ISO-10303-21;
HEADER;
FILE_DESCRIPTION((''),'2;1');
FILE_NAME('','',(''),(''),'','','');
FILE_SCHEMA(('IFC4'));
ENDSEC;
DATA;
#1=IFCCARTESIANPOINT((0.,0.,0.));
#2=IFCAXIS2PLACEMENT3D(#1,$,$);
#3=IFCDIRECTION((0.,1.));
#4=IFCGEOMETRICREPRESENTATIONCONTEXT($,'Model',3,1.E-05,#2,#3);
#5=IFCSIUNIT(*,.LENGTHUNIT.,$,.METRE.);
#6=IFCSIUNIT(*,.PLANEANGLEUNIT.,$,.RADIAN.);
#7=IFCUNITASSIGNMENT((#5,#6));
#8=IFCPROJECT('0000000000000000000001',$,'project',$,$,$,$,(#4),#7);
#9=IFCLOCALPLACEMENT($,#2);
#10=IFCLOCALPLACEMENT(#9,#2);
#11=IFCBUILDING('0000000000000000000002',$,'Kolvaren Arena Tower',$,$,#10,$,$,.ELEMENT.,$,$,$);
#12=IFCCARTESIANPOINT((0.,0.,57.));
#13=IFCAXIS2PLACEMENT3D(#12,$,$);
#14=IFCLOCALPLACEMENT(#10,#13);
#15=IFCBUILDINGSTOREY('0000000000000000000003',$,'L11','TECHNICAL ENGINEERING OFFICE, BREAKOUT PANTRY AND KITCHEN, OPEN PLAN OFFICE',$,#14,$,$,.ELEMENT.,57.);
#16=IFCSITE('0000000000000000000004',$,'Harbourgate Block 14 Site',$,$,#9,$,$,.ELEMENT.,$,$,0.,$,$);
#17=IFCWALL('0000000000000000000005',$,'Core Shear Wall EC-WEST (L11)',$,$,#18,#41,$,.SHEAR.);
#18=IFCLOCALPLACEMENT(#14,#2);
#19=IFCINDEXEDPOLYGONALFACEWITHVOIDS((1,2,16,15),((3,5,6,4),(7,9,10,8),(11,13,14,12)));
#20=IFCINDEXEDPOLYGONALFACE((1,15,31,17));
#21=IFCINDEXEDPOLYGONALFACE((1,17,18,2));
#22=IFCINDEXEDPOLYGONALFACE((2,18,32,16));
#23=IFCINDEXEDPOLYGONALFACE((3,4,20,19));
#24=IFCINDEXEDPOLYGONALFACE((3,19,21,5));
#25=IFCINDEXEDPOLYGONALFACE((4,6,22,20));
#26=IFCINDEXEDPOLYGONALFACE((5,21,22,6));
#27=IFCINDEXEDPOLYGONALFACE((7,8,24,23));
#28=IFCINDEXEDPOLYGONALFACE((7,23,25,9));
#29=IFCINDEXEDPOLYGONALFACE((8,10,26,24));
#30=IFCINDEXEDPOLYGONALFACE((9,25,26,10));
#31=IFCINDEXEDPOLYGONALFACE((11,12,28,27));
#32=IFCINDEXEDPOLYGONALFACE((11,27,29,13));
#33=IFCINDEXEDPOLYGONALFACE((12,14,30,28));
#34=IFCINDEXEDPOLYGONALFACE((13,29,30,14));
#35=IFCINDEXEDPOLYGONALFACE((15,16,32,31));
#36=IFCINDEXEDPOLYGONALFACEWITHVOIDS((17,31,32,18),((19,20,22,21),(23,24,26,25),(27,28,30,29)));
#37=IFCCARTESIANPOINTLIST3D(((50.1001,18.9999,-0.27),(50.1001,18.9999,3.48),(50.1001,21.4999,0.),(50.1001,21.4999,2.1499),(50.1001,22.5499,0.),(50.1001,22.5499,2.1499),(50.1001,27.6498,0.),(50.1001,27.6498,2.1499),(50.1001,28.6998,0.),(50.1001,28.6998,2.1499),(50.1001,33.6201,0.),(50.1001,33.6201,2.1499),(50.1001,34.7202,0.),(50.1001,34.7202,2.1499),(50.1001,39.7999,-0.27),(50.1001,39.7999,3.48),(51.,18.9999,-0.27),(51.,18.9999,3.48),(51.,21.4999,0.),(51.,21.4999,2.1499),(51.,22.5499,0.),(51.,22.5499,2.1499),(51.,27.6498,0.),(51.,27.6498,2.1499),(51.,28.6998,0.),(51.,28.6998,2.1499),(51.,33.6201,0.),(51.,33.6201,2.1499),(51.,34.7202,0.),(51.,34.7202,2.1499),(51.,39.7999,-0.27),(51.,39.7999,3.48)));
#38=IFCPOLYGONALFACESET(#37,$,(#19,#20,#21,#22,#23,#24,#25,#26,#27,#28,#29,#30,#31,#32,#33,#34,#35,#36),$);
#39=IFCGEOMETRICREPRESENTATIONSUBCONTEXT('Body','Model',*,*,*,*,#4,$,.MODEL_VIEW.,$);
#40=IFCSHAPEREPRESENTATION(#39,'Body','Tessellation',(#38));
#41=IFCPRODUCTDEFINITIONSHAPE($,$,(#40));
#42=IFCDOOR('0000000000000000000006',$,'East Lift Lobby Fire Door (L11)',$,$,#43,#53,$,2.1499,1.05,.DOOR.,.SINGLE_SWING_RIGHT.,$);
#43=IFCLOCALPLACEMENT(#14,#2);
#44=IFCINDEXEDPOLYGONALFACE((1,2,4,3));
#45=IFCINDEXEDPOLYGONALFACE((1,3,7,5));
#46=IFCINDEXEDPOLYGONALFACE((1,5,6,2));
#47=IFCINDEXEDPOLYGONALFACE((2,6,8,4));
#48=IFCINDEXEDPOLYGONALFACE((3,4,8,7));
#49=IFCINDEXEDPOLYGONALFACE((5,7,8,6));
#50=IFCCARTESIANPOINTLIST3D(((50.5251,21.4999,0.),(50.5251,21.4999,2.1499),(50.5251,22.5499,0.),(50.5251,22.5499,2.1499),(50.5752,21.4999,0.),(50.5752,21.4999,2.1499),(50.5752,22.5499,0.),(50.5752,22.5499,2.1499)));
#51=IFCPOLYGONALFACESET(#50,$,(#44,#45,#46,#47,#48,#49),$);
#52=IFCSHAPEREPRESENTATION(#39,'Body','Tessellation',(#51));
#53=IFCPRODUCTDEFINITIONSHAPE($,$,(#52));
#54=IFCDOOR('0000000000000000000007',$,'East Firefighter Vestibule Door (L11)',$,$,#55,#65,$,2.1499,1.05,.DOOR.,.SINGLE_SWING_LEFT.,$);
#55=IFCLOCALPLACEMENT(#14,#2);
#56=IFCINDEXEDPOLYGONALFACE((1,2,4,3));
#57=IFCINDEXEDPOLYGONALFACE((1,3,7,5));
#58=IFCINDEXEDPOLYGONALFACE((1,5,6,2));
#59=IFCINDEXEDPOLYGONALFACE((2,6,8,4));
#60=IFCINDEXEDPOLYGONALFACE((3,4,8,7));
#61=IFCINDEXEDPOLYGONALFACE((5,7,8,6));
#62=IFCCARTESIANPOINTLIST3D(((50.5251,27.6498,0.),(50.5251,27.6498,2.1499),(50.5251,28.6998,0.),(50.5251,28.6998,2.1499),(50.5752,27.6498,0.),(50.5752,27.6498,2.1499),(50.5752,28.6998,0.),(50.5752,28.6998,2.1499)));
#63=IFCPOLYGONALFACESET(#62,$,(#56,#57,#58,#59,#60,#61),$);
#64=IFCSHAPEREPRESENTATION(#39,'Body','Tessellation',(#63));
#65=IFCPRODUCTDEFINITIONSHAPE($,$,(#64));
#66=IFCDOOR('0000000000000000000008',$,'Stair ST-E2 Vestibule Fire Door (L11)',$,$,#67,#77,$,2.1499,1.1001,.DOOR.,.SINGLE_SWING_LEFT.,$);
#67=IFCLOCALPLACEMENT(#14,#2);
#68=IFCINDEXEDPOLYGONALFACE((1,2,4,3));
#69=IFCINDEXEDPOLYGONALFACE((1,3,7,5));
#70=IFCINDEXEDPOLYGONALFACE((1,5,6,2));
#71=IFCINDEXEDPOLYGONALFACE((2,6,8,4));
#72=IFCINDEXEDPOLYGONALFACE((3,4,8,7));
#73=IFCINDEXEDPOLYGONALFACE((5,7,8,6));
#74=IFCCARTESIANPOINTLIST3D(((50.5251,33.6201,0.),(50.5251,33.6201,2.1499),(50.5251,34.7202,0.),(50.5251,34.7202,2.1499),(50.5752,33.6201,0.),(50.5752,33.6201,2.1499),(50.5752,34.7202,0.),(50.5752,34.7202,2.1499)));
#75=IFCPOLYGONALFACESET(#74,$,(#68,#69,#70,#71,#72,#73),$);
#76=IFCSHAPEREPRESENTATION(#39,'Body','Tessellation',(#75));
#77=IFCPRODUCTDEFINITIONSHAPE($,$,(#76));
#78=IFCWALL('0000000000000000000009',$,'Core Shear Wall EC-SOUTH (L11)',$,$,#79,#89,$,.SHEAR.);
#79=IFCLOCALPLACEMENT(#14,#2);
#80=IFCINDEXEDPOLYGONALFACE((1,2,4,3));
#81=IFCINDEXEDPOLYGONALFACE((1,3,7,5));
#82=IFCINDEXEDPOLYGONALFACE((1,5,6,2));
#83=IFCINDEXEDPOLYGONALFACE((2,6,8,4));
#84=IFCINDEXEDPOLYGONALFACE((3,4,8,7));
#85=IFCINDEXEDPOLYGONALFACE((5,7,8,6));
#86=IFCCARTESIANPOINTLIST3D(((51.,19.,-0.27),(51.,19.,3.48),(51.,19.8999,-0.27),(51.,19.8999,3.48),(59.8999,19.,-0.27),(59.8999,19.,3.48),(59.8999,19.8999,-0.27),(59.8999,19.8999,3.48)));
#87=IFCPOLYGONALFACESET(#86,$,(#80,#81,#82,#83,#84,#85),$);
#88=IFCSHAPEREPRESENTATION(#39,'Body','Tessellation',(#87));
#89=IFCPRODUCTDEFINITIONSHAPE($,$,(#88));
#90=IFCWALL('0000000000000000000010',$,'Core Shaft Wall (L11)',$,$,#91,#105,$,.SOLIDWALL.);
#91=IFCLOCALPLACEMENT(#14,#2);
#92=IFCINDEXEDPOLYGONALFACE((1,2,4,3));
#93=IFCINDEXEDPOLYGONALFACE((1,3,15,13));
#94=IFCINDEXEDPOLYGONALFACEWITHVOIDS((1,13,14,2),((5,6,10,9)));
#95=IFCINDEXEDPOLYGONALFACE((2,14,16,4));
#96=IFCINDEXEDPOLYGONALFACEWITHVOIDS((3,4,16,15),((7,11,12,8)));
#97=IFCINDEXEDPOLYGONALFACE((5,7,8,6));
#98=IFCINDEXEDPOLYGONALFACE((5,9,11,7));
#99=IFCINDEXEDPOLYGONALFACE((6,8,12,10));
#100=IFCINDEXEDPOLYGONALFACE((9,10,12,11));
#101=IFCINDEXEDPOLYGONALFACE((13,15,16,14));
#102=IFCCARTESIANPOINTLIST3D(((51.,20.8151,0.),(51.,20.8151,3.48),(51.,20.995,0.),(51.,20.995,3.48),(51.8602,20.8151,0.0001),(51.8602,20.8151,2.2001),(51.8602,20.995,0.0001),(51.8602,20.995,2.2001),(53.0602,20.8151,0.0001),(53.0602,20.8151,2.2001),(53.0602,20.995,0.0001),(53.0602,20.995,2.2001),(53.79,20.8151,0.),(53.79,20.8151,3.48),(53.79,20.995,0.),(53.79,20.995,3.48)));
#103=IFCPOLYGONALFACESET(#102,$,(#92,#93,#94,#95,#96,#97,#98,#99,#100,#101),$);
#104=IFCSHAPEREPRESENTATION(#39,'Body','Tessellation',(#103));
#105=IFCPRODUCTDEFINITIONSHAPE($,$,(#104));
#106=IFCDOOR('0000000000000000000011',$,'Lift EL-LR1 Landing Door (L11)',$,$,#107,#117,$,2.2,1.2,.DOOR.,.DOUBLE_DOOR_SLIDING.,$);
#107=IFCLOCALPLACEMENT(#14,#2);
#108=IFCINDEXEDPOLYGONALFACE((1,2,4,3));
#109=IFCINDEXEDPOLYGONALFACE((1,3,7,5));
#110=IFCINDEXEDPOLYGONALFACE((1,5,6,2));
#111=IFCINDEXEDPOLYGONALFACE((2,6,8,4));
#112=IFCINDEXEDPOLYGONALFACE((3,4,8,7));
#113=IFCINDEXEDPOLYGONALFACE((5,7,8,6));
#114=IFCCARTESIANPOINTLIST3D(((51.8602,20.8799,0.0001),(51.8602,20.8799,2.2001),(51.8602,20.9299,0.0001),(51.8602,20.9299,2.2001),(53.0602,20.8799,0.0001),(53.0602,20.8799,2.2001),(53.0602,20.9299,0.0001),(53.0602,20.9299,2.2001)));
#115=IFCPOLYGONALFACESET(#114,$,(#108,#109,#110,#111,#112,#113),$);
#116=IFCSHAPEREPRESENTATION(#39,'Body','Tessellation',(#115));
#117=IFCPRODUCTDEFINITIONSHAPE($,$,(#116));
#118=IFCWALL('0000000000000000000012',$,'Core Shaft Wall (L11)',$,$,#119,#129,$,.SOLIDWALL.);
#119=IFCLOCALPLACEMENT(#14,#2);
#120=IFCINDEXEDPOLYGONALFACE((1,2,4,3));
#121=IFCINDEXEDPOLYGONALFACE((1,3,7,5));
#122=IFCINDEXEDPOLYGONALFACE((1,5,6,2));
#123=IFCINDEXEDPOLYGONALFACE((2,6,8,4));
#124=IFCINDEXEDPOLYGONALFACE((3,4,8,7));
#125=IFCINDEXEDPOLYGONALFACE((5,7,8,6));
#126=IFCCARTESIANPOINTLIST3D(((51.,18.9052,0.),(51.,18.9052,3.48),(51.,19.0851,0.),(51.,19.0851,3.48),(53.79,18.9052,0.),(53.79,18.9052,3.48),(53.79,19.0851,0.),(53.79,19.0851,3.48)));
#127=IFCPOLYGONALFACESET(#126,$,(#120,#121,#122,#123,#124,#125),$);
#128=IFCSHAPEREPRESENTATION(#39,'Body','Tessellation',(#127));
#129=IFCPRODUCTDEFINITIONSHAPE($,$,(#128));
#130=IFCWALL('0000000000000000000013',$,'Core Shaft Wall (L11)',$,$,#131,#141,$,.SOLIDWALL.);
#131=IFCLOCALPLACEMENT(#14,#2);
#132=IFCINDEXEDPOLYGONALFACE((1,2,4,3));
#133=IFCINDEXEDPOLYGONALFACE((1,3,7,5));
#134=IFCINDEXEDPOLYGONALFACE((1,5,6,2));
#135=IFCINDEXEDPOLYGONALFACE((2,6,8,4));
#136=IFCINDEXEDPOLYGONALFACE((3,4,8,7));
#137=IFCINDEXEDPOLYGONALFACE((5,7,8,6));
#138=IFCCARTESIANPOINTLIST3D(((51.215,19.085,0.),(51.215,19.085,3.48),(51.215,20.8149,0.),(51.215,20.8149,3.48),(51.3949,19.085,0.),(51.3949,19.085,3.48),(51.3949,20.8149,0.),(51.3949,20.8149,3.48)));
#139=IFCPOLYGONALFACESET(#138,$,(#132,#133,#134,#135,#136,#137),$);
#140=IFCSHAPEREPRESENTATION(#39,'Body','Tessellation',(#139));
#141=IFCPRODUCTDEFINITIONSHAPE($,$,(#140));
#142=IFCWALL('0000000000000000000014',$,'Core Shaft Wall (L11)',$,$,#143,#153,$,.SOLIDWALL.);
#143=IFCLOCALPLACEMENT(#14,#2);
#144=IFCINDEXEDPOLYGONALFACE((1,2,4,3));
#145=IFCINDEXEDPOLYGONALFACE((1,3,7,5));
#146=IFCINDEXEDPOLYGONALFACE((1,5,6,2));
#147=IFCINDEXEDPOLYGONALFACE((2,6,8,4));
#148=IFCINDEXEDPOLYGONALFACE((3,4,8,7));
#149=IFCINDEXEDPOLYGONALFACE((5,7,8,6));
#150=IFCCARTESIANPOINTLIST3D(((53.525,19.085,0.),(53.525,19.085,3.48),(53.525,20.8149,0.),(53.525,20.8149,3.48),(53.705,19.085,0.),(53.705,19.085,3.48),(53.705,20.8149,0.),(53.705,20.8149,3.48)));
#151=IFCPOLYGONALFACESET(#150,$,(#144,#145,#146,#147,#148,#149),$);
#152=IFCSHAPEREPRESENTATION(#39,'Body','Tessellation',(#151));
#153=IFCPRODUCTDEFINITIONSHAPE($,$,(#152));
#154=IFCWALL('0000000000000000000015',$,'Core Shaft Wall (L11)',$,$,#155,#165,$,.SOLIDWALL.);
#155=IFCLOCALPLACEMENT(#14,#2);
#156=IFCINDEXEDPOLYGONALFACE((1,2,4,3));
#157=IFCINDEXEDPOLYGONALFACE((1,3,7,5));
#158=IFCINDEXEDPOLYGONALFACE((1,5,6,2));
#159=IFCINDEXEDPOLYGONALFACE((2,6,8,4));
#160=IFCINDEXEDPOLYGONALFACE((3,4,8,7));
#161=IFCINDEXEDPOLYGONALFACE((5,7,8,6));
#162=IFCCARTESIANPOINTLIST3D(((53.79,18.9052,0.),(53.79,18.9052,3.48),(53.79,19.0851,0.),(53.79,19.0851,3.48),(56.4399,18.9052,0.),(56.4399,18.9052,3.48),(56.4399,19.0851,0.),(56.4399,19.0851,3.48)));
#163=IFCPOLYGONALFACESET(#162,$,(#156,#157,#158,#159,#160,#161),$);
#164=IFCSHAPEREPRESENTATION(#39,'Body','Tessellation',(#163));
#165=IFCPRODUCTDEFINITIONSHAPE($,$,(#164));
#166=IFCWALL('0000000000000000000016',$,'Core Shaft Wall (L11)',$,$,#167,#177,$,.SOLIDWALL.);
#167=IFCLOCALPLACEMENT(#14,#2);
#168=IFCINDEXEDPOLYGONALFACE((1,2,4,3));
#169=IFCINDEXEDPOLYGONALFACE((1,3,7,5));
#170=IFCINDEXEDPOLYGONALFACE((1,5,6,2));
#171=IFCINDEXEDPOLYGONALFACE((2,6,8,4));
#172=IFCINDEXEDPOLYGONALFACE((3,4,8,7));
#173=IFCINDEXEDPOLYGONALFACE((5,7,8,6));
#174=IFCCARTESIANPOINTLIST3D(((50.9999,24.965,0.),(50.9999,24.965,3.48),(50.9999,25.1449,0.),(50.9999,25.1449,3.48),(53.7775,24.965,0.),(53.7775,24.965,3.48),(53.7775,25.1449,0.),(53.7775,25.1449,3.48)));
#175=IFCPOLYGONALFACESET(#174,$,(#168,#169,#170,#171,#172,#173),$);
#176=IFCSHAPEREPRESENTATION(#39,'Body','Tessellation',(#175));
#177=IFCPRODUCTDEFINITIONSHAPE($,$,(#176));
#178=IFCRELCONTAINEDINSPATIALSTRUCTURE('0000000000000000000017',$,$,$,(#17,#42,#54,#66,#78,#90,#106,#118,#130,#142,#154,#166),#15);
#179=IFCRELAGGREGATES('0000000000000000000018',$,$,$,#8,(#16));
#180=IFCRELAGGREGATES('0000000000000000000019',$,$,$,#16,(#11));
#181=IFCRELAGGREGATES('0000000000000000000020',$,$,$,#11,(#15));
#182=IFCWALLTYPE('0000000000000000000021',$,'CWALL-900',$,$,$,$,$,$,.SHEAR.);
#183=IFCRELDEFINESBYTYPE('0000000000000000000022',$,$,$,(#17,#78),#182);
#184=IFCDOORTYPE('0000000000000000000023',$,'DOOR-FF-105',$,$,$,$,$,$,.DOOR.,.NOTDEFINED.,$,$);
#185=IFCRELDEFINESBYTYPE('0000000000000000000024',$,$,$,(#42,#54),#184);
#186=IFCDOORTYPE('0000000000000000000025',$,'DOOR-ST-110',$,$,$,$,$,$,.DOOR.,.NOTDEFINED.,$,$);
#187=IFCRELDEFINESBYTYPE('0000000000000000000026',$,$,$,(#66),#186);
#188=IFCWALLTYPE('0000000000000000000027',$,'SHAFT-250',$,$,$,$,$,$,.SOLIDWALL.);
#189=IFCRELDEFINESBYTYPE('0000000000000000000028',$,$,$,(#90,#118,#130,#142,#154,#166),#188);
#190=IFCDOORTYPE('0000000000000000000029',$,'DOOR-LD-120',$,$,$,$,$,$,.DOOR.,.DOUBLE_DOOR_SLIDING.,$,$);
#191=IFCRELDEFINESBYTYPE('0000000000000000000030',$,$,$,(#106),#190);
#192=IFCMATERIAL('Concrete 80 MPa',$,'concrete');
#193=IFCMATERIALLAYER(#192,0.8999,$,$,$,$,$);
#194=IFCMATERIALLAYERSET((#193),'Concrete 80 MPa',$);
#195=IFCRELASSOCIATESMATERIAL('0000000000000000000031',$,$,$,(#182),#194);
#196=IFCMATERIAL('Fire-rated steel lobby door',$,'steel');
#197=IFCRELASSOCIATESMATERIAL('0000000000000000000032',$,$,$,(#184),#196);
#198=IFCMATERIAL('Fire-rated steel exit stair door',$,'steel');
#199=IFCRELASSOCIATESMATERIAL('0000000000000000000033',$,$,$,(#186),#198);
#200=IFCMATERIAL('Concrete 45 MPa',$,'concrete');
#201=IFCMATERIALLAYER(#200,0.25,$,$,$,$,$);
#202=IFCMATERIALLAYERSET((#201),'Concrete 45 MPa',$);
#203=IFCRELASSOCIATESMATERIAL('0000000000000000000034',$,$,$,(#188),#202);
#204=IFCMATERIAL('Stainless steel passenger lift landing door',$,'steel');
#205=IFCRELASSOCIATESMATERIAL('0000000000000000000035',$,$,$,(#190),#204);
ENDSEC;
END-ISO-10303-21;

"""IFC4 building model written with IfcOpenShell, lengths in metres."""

from ifc_helpers import new_model, si_unit, direction, frame, frame_2d, origin, place, context, subcontext, project, spatial, rectangle, extrude, material, layer, layer_set, type_object, element, fill, save


model = new_model("IFC4")

# Units and contexts
model_context = context("Model", 3, precision=1e-05, world=origin(), true_north=direction((0.0, 1.0)))
body_context = subcontext(model_context, "Body", "Model", "MODEL_VIEW")
ifc_project = project(units=[si_unit("LENGTHUNIT", "METRE"), si_unit("PLANEANGLEUNIT", "RADIAN")], contexts=[model_context])

# Site, building, storey
site_placement = place(None, origin())
site = spatial("IfcSite", under=ifc_project, at=site_placement, Name="Harbourgate Block 14 Site", CompositionType="ELEMENT", RefElevation=0.0)
building_placement = place(site_placement, origin())
building = spatial("IfcBuilding", under=site, at=building_placement, Name="Kolvaren Arena Tower", CompositionType="ELEMENT")
storey_placement = place(building_placement, frame((0.0, 0.0, 57.0)))
storey = spatial("IfcBuildingStorey", under=building, at=storey_placement, Name="L11", Description="TECHNICAL ENGINEERING OFFICE, BREAKOUT PANTRY AND KITCHEN, OPEN PLAN OFFICE", CompositionType="ELEMENT", Elevation=57.0)

# Wall, openings, doors
ifc_material_1 = material(Name="Concrete 80 MPa", Category="concrete")
ifc_layer_1 = layer(ifc_material_1, 0.8999)
ifc_layer_set_1 = layer_set([ifc_layer_1], Name="Concrete 80 MPa")
wall_type_1 = type_object("IfcWallType", Name="CWALL-900", PredefinedType="SHEAR", material=ifc_layer_set_1)
wall_1_placement = place(storey_placement, frame((50.55, 19.0, -0.27), z_axis=(0.0, 0.0, 1.0), x_axis=(0.0, 1.0, 0.0)))
wall_1 = element("IfcWall", 1, at=wall_1_placement, inside=storey, type_object=wall_type_1, Name="Core Shear Wall EC-WEST (L11)", PredefinedType="SHEAR", context=body_context, shape_type="SweptSolid", body=[
    extrude(rectangle(XDim=20.8, YDim=0.8999, at=frame_2d((10.3999, 0.0))), origin(), (0.0, 0.0, 1.0), 3.75),
])
opening_1_placement = place(wall_1_placement, frame((2.5, 0.0, 0.27)))
opening_1 = element("IfcOpeningElement", 2, at=opening_1_placement, cuts=wall_1, PredefinedType="OPENING", context=body_context, shape_type="SweptSolid", body=[
    extrude(rectangle(XDim=1.05, YDim=2.1499, at=frame_2d((0.5249, 1.075))), frame((0.0, 0.46, 0.0), z_axis=(0.0, -1.0, 0.0), x_axis=(1.0, 0.0, 0.0)), (0.0, 0.0, 1.0), 0.9199),
])
opening_2_placement = place(wall_1_placement, frame((8.6499, 0.0, 0.27)))
opening_2 = element("IfcOpeningElement", 3, at=opening_2_placement, cuts=wall_1, PredefinedType="OPENING", context=body_context, shape_type="SweptSolid", body=[
    extrude(rectangle(XDim=1.05, YDim=2.1499, at=frame_2d((0.5249, 1.075))), frame((0.0, 0.46, 0.0), z_axis=(0.0, -1.0, 0.0), x_axis=(1.0, 0.0, 0.0)), (0.0, 0.0, 1.0), 0.9199),
])
opening_3_placement = place(wall_1_placement, frame((14.6201, 0.0, 0.27)))
opening_3 = element("IfcOpeningElement", 4, at=opening_3_placement, cuts=wall_1, PredefinedType="OPENING", context=body_context, shape_type="SweptSolid", body=[
    extrude(rectangle(XDim=1.1001, YDim=2.1499, at=frame_2d((0.55, 1.075))), frame((0.0, 0.46, 0.0), z_axis=(0.0, -1.0, 0.0), x_axis=(1.0, 0.0, 0.0)), (0.0, 0.0, 1.0), 0.9199),
])
ifc_material_2 = material(Name="Fire-rated steel lobby door", Category="steel")
door_type_1 = type_object("IfcDoorType", Name="DOOR-FF-105", OperationType="NOTDEFINED", PredefinedType="DOOR", material=ifc_material_2)
door_1_placement = place(opening_1_placement, origin())
door_1 = element("IfcDoor", 5, at=door_1_placement, inside=storey, type_object=door_type_1, Name="East Lift Lobby Fire Door (L11)", OperationType="SINGLE_SWING_RIGHT", OverallHeight=2.1499, OverallWidth=1.05, PredefinedType="DOOR", context=body_context, shape_type="SweptSolid", body=[
    extrude(rectangle(XDim=1.05, YDim=2.1499, at=frame_2d((0.5249, 1.075))), frame((0.0, 0.0249, 0.0), z_axis=(0.0, -1.0, 0.0), x_axis=(1.0, 0.0, 0.0)), (0.0, 0.0, 1.0), 0.05),
])
fill(opening_1, door_1)
door_2_placement = place(opening_2_placement, origin())
door_2 = element("IfcDoor", 6, at=door_2_placement, inside=storey, type_object=door_type_1, Name="East Firefighter Vestibule Door (L11)", OperationType="SINGLE_SWING_LEFT", OverallHeight=2.1499, OverallWidth=1.05, PredefinedType="DOOR", context=body_context, shape_type="SweptSolid", body=[
    extrude(rectangle(XDim=1.05, YDim=2.1499, at=frame_2d((0.5249, 1.075))), frame((0.0, 0.0249, 0.0), z_axis=(0.0, -1.0, 0.0), x_axis=(1.0, 0.0, 0.0)), (0.0, 0.0, 1.0), 0.05),
])
fill(opening_2, door_2)
ifc_material_3 = material(Name="Fire-rated steel exit stair door", Category="steel")
door_type_2 = type_object("IfcDoorType", Name="DOOR-ST-110", OperationType="NOTDEFINED", PredefinedType="DOOR", material=ifc_material_3)
door_3_placement = place(opening_3_placement, origin())
door_3 = element("IfcDoor", 7, at=door_3_placement, inside=storey, type_object=door_type_2, Name="Stair ST-E2 Vestibule Fire Door (L11)", OperationType="SINGLE_SWING_LEFT", OverallHeight=2.1499, OverallWidth=1.1001, PredefinedType="DOOR", context=body_context, shape_type="SweptSolid", body=[
    extrude(rectangle(XDim=1.1001, YDim=2.1499, at=frame_2d((0.55, 1.075))), frame((0.0, 0.0249, 0.0), z_axis=(0.0, -1.0, 0.0), x_axis=(1.0, 0.0, 0.0)), (0.0, 0.0, 1.0), 0.05),
])
fill(opening_3, door_3)

# Wall
wall_2_placement = place(storey_placement, frame((51.0, 19.45, -0.27), z_axis=(0.0, 0.0, 1.0), x_axis=(1.0, 0.0, 0.0)))
element("IfcWall", 8, at=wall_2_placement, inside=storey, type_object=wall_type_1, Name="Core Shear Wall EC-SOUTH (L11)", PredefinedType="SHEAR", context=body_context, shape_type="SweptSolid", body=[
    extrude(rectangle(XDim=8.8999, YDim=0.8999, at=frame_2d((4.45, 0.0))), origin(), (0.0, 0.0, 1.0), 3.75),
])

# Wall, opening, door
ifc_material_4 = material(Name="Concrete 45 MPa", Category="concrete")
ifc_layer_2 = layer(ifc_material_4, 0.25)
ifc_layer_set_2 = layer_set([ifc_layer_2], Name="Concrete 45 MPa")
wall_type_2 = type_object("IfcWallType", Name="SHAFT-250", PredefinedType="SOLIDWALL", material=ifc_layer_set_2)
wall_3_placement = place(storey_placement, frame((51.0, 20.905, 0.0), z_axis=(0.0, 0.0, 1.0), x_axis=(1.0, 0.0, 0.0)))
wall_3 = element("IfcWall", 9, at=wall_3_placement, inside=storey, type_object=wall_type_2, Name="Core Shaft Wall (L11)", PredefinedType="SOLIDWALL", context=body_context, shape_type="SweptSolid", body=[
    extrude(rectangle(XDim=2.79, YDim=0.1799, at=frame_2d((1.395, 0.0))), origin(), (0.0, 0.0, 1.0), 3.48),
])
opening_4_placement = place(wall_3_placement, frame((0.8601, 0.0, 0.0)))
opening_4 = element("IfcOpeningElement", 10, at=opening_4_placement, cuts=wall_3, PredefinedType="OPENING", context=body_context, shape_type="SweptSolid", body=[
    extrude(rectangle(XDim=1.2, YDim=2.2, at=frame_2d((0.6001, 1.1001))), frame((0.0, 0.0999, 0.0), z_axis=(0.0, -1.0, 0.0), x_axis=(1.0, 0.0, 0.0)), (0.0, 0.0, 1.0), 0.2),
])
ifc_material_5 = material(Name="Stainless steel passenger lift landing door", Category="steel")
door_type_3 = type_object("IfcDoorType", Name="DOOR-LD-120", OperationType="DOUBLE_DOOR_SLIDING", PredefinedType="DOOR", material=ifc_material_5)
door_4_placement = place(opening_4_placement, origin())
door_4 = element("IfcDoor", 11, at=door_4_placement, inside=storey, type_object=door_type_3, Name="Lift EL-LR1 Landing Door (L11)", OperationType="DOUBLE_DOOR_SLIDING", OverallHeight=2.2, OverallWidth=1.2, PredefinedType="DOOR", context=body_context, shape_type="SweptSolid", body=[
    extrude(rectangle(XDim=1.2, YDim=2.2, at=frame_2d((0.6001, 1.1001))), frame((0.0, 0.0249, 0.0), z_axis=(0.0, -1.0, 0.0), x_axis=(1.0, 0.0, 0.0)), (0.0, 0.0, 1.0), 0.05),
])
fill(opening_4, door_4)

# Walls
wall_4_placement = place(storey_placement, frame((51.0, 18.9951, 0.0), z_axis=(0.0, 0.0, 1.0), x_axis=(1.0, 0.0, 0.0)))
element("IfcWall", 12, at=wall_4_placement, inside=storey, type_object=wall_type_2, Name="Core Shaft Wall (L11)", PredefinedType="SOLIDWALL", context=body_context, shape_type="SweptSolid", body=[
    extrude(rectangle(XDim=2.79, YDim=0.1799, at=frame_2d((1.395, 0.0))), origin(), (0.0, 0.0, 1.0), 3.48),
])
for number, where, z_axis, x_axis, name in (
    (13, (51.3049, 19.085, 0.0), (0.0, 0.0, 1.0), (0.0, 1.0, 0.0), "Core Shaft Wall (L11)"),
    (14, (53.615, 19.085, 0.0), (0.0, 0.0, 1.0), (0.0, 1.0, 0.0), "Core Shaft Wall (L11)"),
):
    element("IfcWall", number, at=place(storey_placement, frame(where, z_axis=z_axis, x_axis=x_axis)), inside=storey, type_object=wall_type_2, Name=name, PredefinedType="SOLIDWALL", context=body_context, shape_type="SweptSolid", body=[
        extrude(rectangle(XDim=1.73, YDim=0.1799, at=frame_2d((0.865, 0.0))), origin(), (0.0, 0.0, 1.0), 3.48),
    ])
wall_5_placement = place(storey_placement, frame((53.79, 18.9951, 0.0), z_axis=(0.0, 0.0, 1.0), x_axis=(1.0, 0.0, 0.0)))
element("IfcWall", 15, at=wall_5_placement, inside=storey, type_object=wall_type_2, Name="Core Shaft Wall (L11)", PredefinedType="SOLIDWALL", context=body_context, shape_type="SweptSolid", body=[
    extrude(rectangle(XDim=2.6499, YDim=0.1799, at=frame_2d((1.325, 0.0))), origin(), (0.0, 0.0, 1.0), 3.48),
])
wall_6_placement = place(storey_placement, frame((51.0, 25.0549, 0.0), z_axis=(0.0, 0.0, 1.0), x_axis=(1.0, 0.0, 0.0)))
element("IfcWall", 16, at=wall_6_placement, inside=storey, type_object=wall_type_2, Name="Core Shaft Wall (L11)", PredefinedType="SOLIDWALL", context=body_context, shape_type="SweptSolid", body=[
    extrude(rectangle(XDim=2.7776, YDim=0.1799, at=frame_2d((1.3887, 0.0))), origin(), (0.0, 0.0, 1.0), 3.48),
])

save(model, "model.ifc")
